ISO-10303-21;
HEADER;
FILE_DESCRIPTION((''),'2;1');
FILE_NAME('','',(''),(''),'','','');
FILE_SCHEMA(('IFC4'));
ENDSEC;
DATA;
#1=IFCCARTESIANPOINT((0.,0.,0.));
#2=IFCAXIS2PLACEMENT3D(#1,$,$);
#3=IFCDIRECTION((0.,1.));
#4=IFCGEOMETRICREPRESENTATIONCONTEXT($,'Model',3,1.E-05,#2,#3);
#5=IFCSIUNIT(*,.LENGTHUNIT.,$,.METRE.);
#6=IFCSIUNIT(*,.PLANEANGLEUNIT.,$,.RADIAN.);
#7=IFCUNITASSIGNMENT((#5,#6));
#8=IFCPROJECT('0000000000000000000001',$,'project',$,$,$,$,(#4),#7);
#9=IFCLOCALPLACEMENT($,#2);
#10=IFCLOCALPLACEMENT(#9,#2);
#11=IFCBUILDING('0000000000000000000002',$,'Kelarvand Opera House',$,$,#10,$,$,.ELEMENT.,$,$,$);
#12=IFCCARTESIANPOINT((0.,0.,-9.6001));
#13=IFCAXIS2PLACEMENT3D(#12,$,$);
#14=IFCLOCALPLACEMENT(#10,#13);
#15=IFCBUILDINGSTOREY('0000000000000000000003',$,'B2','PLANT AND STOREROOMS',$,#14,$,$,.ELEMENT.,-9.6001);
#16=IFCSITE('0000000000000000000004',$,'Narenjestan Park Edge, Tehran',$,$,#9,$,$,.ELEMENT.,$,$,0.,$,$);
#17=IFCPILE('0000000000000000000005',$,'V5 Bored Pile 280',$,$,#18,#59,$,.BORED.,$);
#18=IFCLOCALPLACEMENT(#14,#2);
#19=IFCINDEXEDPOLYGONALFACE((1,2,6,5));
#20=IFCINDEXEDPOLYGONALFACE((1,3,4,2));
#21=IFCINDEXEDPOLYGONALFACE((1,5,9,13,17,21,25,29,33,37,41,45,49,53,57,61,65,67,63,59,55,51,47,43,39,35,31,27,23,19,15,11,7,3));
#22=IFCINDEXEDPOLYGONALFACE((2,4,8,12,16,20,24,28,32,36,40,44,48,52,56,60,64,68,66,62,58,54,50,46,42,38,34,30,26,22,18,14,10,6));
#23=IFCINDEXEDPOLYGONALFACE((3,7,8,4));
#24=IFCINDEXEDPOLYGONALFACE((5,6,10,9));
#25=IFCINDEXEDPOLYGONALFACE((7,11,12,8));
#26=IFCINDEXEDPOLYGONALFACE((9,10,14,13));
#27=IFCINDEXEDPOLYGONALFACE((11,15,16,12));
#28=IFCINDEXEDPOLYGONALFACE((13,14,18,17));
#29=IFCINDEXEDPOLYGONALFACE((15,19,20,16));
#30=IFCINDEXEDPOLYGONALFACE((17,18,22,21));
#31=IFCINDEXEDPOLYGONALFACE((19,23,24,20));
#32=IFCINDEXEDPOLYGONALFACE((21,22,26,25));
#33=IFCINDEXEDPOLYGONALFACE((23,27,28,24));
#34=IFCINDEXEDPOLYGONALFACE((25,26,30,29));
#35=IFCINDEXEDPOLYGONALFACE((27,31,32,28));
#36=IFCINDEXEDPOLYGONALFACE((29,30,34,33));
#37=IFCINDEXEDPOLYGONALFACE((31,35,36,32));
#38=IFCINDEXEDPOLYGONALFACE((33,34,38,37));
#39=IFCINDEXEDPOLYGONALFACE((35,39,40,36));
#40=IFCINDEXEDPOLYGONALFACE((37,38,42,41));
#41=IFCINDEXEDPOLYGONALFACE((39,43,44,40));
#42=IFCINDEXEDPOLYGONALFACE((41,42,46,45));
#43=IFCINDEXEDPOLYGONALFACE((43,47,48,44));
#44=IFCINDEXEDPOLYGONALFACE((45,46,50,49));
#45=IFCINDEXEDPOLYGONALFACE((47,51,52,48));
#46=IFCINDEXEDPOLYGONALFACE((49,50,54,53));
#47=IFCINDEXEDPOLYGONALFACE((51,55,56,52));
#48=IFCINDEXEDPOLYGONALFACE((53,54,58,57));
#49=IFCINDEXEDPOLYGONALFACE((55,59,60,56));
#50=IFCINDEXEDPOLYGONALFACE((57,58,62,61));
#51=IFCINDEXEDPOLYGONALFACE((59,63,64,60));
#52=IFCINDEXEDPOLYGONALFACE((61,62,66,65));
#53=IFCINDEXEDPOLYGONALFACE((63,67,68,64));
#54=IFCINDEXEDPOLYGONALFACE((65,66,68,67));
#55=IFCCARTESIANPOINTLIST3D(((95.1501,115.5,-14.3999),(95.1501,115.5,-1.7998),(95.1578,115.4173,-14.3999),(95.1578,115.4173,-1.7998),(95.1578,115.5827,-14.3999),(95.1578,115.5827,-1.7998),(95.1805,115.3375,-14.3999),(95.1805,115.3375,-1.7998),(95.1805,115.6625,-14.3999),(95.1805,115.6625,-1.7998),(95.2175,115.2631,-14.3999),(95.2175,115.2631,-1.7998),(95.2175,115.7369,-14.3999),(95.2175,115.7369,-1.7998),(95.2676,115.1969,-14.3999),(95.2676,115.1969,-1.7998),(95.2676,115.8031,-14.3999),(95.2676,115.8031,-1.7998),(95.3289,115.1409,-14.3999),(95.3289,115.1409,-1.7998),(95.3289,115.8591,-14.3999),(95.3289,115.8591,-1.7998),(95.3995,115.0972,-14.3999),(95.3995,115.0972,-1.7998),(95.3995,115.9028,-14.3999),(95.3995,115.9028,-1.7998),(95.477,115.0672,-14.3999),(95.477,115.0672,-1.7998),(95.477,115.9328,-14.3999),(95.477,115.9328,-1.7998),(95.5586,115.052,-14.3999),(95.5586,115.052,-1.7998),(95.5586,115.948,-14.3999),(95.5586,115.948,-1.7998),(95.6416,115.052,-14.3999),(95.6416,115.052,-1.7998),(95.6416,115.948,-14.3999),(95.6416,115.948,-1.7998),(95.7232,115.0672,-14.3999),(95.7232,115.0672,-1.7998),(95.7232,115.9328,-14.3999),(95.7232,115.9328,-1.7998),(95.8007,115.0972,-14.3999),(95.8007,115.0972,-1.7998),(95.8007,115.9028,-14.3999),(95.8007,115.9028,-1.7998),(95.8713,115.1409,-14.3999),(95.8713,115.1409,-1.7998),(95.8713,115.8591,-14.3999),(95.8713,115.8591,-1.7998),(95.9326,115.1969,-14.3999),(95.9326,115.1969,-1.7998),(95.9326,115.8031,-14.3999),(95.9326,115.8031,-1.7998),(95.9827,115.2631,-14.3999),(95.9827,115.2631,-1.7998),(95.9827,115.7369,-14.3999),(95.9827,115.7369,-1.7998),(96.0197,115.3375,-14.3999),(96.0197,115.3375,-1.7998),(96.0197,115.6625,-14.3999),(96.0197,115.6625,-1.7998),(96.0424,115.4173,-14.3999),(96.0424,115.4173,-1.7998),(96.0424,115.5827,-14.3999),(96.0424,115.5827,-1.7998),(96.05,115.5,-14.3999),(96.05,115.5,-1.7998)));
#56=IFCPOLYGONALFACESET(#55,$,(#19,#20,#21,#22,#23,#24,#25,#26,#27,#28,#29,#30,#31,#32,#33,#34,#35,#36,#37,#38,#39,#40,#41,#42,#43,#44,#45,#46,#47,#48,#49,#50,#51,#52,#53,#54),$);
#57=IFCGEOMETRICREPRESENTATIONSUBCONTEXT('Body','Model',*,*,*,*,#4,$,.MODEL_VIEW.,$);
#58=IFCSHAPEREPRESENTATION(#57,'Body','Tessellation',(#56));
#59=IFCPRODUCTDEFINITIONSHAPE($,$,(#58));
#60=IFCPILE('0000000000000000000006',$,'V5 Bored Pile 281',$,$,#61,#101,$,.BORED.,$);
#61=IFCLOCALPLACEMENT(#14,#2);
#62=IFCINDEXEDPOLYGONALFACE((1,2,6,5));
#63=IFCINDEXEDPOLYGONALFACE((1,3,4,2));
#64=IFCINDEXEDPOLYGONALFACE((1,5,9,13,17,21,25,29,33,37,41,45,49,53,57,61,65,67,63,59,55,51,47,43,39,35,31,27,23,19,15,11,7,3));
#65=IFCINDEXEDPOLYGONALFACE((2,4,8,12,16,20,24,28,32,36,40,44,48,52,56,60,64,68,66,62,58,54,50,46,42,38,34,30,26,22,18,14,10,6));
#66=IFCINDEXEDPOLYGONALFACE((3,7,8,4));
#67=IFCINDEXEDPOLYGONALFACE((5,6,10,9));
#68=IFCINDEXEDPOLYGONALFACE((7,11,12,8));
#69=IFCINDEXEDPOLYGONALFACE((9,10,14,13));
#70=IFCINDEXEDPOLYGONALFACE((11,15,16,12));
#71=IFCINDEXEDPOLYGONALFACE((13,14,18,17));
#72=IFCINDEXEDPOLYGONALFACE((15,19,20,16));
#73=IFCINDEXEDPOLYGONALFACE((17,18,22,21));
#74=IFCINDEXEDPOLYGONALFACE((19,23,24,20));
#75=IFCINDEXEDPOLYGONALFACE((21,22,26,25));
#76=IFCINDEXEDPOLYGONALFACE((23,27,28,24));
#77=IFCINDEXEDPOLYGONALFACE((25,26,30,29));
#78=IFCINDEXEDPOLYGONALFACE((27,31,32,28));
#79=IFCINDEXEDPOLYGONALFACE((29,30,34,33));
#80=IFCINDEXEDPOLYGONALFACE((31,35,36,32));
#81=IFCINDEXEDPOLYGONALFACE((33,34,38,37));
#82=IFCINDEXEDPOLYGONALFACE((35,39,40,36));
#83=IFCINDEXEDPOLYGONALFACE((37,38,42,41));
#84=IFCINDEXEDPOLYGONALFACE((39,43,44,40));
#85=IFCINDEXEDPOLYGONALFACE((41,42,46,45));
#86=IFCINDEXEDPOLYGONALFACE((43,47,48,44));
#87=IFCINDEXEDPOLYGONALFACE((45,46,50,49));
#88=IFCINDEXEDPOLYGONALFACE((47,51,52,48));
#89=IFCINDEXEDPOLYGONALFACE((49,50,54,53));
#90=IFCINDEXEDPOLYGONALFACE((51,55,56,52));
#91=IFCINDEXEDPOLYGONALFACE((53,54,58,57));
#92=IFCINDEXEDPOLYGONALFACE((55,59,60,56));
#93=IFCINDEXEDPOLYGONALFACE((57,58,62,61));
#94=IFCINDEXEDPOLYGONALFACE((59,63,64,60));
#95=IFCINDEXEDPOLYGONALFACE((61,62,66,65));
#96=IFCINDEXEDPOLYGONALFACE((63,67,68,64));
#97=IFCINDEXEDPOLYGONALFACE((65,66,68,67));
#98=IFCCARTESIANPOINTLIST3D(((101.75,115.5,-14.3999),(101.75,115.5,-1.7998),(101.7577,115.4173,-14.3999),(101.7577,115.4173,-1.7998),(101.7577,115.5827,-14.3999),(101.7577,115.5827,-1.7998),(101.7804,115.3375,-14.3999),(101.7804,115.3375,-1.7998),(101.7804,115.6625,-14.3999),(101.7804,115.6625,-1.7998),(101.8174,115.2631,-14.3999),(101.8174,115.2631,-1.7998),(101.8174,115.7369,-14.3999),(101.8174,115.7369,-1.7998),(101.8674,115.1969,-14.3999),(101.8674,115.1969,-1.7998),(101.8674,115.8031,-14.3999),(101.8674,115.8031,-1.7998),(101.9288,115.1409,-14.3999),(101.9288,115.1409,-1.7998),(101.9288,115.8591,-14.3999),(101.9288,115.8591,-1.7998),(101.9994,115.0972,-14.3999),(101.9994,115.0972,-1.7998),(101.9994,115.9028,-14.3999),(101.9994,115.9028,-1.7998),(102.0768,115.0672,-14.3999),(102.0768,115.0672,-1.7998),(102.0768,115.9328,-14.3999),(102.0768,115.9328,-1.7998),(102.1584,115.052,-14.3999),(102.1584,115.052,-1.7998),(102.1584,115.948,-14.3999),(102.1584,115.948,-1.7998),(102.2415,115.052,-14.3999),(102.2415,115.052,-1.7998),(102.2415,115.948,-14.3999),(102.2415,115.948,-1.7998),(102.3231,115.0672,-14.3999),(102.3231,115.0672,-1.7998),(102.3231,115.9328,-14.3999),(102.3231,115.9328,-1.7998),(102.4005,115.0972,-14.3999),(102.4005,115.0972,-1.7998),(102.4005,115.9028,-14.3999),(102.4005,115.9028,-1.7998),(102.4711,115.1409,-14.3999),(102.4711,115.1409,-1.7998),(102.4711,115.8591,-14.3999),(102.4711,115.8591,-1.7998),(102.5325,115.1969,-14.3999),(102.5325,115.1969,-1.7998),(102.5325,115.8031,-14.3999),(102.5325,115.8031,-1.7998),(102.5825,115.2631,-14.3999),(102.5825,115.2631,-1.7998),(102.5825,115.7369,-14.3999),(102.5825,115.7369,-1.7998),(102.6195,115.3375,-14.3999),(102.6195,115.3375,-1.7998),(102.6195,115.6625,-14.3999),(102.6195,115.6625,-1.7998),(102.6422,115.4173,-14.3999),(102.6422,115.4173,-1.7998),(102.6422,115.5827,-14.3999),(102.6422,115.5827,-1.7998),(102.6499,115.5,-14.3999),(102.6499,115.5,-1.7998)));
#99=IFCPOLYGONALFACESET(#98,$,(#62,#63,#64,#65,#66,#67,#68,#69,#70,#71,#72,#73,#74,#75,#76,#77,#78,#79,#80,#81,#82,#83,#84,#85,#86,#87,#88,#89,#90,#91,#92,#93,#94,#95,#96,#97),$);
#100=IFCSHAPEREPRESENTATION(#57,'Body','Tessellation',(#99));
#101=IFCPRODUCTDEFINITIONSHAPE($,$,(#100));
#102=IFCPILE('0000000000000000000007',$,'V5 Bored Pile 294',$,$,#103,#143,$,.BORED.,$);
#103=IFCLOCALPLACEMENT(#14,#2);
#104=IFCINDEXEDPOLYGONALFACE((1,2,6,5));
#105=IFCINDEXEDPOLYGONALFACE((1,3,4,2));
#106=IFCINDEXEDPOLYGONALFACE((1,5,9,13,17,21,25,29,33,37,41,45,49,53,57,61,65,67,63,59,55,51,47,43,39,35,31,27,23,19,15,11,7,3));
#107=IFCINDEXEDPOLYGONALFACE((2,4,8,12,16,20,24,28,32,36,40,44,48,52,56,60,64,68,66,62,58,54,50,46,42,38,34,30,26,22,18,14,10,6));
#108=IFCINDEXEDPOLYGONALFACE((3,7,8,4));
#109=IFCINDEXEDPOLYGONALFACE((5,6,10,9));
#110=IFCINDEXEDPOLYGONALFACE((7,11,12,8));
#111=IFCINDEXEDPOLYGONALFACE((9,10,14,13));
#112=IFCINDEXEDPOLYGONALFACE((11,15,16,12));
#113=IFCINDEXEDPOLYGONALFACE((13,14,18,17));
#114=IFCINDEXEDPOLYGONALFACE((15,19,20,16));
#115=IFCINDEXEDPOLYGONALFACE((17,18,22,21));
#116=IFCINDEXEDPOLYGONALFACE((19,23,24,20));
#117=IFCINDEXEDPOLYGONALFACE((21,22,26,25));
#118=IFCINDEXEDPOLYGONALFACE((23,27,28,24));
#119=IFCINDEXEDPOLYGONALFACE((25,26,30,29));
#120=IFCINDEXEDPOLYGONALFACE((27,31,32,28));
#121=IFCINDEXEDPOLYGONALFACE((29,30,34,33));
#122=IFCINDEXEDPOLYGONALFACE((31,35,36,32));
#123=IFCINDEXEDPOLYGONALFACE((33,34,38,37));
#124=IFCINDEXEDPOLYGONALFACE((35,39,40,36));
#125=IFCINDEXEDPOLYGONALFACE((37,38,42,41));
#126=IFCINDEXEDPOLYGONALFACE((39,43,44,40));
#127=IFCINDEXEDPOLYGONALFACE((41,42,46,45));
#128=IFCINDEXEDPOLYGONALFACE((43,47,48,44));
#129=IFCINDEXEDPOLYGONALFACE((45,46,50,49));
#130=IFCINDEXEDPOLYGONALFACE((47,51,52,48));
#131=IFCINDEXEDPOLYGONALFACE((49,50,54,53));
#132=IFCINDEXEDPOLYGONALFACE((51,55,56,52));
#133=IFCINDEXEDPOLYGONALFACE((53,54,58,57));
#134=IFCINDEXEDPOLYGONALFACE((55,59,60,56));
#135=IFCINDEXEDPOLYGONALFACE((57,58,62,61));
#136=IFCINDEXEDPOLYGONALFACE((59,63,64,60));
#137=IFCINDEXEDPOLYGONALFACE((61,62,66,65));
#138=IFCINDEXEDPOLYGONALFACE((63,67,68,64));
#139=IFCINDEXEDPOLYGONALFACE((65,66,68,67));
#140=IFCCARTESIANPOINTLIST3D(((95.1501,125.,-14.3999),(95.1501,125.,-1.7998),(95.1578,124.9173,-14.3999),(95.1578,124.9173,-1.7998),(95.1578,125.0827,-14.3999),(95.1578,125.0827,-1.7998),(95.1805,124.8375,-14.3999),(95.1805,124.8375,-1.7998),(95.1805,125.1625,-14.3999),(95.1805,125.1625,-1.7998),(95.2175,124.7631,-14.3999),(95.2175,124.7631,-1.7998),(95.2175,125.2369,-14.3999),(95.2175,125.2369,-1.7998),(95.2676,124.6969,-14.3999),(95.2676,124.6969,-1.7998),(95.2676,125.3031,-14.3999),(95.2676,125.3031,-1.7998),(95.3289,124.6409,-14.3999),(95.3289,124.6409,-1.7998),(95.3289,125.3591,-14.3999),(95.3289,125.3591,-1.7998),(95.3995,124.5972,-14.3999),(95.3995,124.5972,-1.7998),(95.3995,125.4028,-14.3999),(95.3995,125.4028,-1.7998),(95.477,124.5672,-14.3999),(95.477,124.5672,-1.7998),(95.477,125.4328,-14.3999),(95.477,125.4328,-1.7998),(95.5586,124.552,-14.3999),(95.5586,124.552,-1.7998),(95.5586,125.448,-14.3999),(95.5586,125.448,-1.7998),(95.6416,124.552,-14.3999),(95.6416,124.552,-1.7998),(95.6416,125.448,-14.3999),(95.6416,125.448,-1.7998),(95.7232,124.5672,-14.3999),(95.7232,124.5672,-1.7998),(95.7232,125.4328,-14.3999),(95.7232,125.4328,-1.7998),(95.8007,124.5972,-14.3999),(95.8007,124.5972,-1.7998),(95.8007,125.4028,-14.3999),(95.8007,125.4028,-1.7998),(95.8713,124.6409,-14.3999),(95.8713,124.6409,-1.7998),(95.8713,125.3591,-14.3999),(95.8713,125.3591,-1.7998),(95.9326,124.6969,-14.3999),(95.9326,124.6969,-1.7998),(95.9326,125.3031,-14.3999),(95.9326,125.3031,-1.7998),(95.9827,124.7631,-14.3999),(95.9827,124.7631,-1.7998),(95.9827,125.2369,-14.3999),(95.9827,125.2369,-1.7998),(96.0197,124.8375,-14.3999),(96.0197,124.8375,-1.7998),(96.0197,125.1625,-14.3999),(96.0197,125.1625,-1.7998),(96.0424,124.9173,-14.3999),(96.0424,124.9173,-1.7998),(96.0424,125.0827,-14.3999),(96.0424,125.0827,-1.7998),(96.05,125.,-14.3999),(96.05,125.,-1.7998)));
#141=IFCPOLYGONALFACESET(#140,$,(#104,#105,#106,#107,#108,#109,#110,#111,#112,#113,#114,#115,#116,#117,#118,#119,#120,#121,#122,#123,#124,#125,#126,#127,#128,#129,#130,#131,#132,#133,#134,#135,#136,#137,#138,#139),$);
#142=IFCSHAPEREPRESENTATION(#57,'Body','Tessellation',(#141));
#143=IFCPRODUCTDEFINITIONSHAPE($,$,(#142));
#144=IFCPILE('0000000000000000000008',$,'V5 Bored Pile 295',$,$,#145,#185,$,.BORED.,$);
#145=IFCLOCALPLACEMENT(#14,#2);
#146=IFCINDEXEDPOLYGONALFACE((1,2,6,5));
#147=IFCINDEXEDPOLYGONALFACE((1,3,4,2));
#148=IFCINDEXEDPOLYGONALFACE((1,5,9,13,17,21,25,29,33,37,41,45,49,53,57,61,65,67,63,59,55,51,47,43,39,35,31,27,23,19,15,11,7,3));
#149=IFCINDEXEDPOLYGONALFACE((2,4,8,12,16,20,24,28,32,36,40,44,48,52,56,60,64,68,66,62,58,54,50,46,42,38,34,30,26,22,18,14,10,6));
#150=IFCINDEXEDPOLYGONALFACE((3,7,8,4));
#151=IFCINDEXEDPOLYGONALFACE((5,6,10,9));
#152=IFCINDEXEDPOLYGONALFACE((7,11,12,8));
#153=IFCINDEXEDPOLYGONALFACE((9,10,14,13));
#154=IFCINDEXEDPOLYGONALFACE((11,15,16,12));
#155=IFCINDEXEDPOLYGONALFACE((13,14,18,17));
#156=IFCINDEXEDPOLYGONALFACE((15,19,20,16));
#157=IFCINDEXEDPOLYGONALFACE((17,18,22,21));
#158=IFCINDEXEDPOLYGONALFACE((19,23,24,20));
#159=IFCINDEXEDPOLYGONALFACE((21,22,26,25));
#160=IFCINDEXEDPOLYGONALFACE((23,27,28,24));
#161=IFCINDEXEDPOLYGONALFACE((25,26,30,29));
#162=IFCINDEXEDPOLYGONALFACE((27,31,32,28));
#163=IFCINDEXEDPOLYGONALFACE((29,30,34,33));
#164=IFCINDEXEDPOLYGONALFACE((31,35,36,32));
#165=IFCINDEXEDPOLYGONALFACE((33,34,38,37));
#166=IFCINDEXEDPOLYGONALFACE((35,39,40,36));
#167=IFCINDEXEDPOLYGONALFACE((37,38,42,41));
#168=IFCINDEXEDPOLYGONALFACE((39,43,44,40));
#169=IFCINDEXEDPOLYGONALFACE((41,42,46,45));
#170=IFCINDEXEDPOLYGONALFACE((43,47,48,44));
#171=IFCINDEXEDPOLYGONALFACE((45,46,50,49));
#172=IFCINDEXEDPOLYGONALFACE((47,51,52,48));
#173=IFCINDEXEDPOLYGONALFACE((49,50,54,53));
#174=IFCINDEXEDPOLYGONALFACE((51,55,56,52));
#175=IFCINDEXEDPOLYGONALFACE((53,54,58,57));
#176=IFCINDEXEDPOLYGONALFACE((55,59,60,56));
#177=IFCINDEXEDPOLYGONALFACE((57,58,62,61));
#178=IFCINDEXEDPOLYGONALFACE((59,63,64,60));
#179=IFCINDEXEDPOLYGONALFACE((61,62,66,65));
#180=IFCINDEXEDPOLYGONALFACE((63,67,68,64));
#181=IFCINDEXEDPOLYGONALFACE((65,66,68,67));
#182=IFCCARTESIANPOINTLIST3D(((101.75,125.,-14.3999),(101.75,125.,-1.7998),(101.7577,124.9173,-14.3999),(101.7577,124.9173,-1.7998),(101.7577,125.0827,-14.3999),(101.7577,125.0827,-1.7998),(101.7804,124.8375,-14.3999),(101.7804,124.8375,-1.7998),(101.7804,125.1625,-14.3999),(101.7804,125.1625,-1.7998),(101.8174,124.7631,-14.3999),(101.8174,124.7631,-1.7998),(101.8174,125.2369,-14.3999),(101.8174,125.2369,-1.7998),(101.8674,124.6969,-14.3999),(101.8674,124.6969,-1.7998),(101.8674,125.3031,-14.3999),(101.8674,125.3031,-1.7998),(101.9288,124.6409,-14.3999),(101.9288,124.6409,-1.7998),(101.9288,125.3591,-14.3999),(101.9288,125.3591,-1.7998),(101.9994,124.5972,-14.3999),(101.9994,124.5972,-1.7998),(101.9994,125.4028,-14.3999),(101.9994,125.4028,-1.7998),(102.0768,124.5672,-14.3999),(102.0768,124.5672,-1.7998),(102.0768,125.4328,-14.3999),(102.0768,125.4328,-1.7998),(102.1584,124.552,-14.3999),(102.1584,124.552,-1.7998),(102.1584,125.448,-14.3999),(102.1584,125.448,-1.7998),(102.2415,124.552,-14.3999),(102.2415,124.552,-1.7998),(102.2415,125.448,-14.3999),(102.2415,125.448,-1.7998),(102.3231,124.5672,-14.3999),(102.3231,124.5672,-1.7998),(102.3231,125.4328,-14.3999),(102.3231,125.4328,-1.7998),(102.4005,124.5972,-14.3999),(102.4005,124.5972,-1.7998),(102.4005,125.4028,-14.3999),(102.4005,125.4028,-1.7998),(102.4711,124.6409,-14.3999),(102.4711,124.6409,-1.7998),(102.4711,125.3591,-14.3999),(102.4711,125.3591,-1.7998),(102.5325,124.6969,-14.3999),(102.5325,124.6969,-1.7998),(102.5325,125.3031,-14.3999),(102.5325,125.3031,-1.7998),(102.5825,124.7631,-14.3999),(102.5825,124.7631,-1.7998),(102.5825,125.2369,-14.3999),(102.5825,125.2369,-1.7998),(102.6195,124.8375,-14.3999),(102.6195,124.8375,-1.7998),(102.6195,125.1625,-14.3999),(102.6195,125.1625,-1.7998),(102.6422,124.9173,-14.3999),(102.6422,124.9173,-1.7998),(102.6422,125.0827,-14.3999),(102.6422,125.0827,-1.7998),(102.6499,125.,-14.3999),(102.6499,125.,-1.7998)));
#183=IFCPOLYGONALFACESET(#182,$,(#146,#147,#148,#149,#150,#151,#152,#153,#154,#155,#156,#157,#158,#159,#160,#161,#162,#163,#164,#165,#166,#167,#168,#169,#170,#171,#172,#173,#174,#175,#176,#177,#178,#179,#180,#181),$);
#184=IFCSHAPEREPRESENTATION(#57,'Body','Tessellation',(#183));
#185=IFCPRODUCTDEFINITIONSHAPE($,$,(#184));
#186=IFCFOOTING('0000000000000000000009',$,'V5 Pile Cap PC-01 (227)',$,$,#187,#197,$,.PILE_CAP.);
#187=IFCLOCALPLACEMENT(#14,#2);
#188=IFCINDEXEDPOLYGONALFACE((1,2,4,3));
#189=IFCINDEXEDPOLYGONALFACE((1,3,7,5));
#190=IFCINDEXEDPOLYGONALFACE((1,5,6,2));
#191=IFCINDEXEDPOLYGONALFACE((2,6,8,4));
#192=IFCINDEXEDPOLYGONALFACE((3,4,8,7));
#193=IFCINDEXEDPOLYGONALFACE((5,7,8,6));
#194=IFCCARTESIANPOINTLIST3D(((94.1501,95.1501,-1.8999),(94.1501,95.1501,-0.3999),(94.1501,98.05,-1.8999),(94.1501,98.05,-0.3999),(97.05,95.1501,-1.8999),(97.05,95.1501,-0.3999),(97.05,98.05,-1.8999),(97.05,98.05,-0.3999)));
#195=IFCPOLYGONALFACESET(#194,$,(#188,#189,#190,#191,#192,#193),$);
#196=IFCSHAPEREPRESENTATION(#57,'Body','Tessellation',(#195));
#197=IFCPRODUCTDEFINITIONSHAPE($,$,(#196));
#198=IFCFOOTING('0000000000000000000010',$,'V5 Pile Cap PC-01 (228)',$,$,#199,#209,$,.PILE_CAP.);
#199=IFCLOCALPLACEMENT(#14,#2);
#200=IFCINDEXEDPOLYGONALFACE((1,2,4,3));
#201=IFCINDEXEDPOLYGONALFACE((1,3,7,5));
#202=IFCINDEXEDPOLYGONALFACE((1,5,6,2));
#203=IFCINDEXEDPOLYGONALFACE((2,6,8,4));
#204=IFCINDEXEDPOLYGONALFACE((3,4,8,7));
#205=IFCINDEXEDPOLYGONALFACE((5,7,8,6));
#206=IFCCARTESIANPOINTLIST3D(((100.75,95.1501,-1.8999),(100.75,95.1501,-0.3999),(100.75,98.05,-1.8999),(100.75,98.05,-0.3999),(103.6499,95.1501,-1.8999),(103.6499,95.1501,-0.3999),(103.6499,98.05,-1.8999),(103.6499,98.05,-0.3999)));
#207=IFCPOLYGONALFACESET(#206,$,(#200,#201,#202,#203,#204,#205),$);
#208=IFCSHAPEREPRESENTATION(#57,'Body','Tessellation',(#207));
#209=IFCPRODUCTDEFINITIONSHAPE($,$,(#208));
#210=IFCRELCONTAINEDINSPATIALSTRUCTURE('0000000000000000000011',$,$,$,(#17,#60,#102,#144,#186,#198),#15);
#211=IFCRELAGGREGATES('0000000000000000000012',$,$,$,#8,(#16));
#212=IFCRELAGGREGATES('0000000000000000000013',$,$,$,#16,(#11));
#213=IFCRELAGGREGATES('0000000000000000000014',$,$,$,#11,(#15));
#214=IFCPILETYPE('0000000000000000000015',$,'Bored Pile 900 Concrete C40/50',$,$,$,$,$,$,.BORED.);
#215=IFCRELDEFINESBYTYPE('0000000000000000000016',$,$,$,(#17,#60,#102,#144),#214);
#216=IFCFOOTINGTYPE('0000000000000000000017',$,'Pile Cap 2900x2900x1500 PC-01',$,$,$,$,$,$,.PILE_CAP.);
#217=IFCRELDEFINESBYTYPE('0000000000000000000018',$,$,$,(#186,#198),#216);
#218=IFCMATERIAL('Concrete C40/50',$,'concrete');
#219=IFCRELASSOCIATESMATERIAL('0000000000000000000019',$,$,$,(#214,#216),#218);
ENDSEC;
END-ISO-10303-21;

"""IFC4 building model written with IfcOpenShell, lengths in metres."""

from ifc_helpers import new_model, si_unit, direction, frame, origin, origin_2d, place, context, subcontext, project, spatial, rectangle, circle, extrude, material, material_profile, profile_set, type_object, element, save


model = new_model("IFC4")

# Units and contexts
model_context = context("Model", 3, precision=1e-05, world=origin(), true_north=direction((0.0, 1.0)))
body_context = subcontext(model_context, "Body", "Model", "MODEL_VIEW")
ifc_project = project(units=[si_unit("LENGTHUNIT", "METRE"), si_unit("PLANEANGLEUNIT", "RADIAN")], contexts=[model_context])

# Site, building, storey
site_placement = place(None, origin())
site = spatial("IfcSite", under=ifc_project, at=site_placement, Name="Narenjestan Park Edge, Tehran", CompositionType="ELEMENT", RefElevation=0.0)
building_placement = place(site_placement, origin())
building = spatial("IfcBuilding", under=site, at=building_placement, Name="Kelarvand Opera House", CompositionType="ELEMENT")
storey_placement = place(building_placement, frame((0.0, 0.0, -9.6001)))
storey = spatial("IfcBuildingStorey", under=building, at=storey_placement, Name="B2", Description="PLANT AND STOREROOMS", CompositionType="ELEMENT", Elevation=-9.6001)

# Piles
ifc_material_1 = material(Name="Concrete C40/50", Category="concrete")
ifc_material_profile_1 = material_profile(ifc_material_1, circle(Radius=0.45, at=origin_2d()), Name="BP 900", Category="concrete")
ifc_profile_set_1 = profile_set([ifc_material_profile_1], Name="Concrete C40/50")
pile_type = type_object("IfcPileType", Name="Bored Pile 900 Concrete C40/50", PredefinedType="BORED", material=ifc_profile_set_1)
for number, where, z_axis, x_axis, name in (
    (1, (95.6001, 115.5, -1.7998), (0.0, 0.0, -1.0), (1.0, 0.0, 0.0), "V5 Bored Pile 280"),
    (2, (102.2, 115.5, -1.7998), (0.0, 0.0, -1.0), (1.0, 0.0, 0.0), "V5 Bored Pile 281"),
    (3, (95.6001, 125.0, -1.7998), (0.0, 0.0, -1.0), (1.0, 0.0, 0.0), "V5 Bored Pile 294"),
    (4, (102.2, 125.0, -1.7998), (0.0, 0.0, -1.0), (1.0, 0.0, 0.0), "V5 Bored Pile 295"),
):
    element("IfcPile", number, at=place(storey_placement, frame(where, z_axis=z_axis, x_axis=x_axis)), inside=storey, type_object=pile_type, Name=name, PredefinedType="BORED", context=body_context, shape_type="SweptSolid", body=[
        extrude(circle(Radius=0.45, at=origin_2d()), origin(), (0.0, 0.0, 1.0), 12.6001),
    ])

# Footings
footing_type = type_object("IfcFootingType", Name="Pile Cap 2900x2900x1500 PC-01", PredefinedType="PILE_CAP", material=ifc_material_1)
for number, where, z_axis, x_axis, name in (
    (5, (95.6001, 96.6001, -1.8999), (0.0, 0.0, 1.0), (1.0, 0.0, 0.0), "V5 Pile Cap PC-01 (227)"),
    (6, (102.2, 96.6001, -1.8999), (0.0, 0.0, 1.0), (1.0, 0.0, 0.0), "V5 Pile Cap PC-01 (228)"),
):
    element("IfcFooting", number, at=place(storey_placement, frame(where, z_axis=z_axis, x_axis=x_axis)), inside=storey, type_object=footing_type, Name=name, PredefinedType="PILE_CAP", context=body_context, shape_type="SweptSolid", body=[
        extrude(rectangle(XDim=2.8999, YDim=2.8999, at=origin_2d()), origin(), (0.0, 0.0, 1.0), 1.5),
    ])

save(model, "model.ifc")
